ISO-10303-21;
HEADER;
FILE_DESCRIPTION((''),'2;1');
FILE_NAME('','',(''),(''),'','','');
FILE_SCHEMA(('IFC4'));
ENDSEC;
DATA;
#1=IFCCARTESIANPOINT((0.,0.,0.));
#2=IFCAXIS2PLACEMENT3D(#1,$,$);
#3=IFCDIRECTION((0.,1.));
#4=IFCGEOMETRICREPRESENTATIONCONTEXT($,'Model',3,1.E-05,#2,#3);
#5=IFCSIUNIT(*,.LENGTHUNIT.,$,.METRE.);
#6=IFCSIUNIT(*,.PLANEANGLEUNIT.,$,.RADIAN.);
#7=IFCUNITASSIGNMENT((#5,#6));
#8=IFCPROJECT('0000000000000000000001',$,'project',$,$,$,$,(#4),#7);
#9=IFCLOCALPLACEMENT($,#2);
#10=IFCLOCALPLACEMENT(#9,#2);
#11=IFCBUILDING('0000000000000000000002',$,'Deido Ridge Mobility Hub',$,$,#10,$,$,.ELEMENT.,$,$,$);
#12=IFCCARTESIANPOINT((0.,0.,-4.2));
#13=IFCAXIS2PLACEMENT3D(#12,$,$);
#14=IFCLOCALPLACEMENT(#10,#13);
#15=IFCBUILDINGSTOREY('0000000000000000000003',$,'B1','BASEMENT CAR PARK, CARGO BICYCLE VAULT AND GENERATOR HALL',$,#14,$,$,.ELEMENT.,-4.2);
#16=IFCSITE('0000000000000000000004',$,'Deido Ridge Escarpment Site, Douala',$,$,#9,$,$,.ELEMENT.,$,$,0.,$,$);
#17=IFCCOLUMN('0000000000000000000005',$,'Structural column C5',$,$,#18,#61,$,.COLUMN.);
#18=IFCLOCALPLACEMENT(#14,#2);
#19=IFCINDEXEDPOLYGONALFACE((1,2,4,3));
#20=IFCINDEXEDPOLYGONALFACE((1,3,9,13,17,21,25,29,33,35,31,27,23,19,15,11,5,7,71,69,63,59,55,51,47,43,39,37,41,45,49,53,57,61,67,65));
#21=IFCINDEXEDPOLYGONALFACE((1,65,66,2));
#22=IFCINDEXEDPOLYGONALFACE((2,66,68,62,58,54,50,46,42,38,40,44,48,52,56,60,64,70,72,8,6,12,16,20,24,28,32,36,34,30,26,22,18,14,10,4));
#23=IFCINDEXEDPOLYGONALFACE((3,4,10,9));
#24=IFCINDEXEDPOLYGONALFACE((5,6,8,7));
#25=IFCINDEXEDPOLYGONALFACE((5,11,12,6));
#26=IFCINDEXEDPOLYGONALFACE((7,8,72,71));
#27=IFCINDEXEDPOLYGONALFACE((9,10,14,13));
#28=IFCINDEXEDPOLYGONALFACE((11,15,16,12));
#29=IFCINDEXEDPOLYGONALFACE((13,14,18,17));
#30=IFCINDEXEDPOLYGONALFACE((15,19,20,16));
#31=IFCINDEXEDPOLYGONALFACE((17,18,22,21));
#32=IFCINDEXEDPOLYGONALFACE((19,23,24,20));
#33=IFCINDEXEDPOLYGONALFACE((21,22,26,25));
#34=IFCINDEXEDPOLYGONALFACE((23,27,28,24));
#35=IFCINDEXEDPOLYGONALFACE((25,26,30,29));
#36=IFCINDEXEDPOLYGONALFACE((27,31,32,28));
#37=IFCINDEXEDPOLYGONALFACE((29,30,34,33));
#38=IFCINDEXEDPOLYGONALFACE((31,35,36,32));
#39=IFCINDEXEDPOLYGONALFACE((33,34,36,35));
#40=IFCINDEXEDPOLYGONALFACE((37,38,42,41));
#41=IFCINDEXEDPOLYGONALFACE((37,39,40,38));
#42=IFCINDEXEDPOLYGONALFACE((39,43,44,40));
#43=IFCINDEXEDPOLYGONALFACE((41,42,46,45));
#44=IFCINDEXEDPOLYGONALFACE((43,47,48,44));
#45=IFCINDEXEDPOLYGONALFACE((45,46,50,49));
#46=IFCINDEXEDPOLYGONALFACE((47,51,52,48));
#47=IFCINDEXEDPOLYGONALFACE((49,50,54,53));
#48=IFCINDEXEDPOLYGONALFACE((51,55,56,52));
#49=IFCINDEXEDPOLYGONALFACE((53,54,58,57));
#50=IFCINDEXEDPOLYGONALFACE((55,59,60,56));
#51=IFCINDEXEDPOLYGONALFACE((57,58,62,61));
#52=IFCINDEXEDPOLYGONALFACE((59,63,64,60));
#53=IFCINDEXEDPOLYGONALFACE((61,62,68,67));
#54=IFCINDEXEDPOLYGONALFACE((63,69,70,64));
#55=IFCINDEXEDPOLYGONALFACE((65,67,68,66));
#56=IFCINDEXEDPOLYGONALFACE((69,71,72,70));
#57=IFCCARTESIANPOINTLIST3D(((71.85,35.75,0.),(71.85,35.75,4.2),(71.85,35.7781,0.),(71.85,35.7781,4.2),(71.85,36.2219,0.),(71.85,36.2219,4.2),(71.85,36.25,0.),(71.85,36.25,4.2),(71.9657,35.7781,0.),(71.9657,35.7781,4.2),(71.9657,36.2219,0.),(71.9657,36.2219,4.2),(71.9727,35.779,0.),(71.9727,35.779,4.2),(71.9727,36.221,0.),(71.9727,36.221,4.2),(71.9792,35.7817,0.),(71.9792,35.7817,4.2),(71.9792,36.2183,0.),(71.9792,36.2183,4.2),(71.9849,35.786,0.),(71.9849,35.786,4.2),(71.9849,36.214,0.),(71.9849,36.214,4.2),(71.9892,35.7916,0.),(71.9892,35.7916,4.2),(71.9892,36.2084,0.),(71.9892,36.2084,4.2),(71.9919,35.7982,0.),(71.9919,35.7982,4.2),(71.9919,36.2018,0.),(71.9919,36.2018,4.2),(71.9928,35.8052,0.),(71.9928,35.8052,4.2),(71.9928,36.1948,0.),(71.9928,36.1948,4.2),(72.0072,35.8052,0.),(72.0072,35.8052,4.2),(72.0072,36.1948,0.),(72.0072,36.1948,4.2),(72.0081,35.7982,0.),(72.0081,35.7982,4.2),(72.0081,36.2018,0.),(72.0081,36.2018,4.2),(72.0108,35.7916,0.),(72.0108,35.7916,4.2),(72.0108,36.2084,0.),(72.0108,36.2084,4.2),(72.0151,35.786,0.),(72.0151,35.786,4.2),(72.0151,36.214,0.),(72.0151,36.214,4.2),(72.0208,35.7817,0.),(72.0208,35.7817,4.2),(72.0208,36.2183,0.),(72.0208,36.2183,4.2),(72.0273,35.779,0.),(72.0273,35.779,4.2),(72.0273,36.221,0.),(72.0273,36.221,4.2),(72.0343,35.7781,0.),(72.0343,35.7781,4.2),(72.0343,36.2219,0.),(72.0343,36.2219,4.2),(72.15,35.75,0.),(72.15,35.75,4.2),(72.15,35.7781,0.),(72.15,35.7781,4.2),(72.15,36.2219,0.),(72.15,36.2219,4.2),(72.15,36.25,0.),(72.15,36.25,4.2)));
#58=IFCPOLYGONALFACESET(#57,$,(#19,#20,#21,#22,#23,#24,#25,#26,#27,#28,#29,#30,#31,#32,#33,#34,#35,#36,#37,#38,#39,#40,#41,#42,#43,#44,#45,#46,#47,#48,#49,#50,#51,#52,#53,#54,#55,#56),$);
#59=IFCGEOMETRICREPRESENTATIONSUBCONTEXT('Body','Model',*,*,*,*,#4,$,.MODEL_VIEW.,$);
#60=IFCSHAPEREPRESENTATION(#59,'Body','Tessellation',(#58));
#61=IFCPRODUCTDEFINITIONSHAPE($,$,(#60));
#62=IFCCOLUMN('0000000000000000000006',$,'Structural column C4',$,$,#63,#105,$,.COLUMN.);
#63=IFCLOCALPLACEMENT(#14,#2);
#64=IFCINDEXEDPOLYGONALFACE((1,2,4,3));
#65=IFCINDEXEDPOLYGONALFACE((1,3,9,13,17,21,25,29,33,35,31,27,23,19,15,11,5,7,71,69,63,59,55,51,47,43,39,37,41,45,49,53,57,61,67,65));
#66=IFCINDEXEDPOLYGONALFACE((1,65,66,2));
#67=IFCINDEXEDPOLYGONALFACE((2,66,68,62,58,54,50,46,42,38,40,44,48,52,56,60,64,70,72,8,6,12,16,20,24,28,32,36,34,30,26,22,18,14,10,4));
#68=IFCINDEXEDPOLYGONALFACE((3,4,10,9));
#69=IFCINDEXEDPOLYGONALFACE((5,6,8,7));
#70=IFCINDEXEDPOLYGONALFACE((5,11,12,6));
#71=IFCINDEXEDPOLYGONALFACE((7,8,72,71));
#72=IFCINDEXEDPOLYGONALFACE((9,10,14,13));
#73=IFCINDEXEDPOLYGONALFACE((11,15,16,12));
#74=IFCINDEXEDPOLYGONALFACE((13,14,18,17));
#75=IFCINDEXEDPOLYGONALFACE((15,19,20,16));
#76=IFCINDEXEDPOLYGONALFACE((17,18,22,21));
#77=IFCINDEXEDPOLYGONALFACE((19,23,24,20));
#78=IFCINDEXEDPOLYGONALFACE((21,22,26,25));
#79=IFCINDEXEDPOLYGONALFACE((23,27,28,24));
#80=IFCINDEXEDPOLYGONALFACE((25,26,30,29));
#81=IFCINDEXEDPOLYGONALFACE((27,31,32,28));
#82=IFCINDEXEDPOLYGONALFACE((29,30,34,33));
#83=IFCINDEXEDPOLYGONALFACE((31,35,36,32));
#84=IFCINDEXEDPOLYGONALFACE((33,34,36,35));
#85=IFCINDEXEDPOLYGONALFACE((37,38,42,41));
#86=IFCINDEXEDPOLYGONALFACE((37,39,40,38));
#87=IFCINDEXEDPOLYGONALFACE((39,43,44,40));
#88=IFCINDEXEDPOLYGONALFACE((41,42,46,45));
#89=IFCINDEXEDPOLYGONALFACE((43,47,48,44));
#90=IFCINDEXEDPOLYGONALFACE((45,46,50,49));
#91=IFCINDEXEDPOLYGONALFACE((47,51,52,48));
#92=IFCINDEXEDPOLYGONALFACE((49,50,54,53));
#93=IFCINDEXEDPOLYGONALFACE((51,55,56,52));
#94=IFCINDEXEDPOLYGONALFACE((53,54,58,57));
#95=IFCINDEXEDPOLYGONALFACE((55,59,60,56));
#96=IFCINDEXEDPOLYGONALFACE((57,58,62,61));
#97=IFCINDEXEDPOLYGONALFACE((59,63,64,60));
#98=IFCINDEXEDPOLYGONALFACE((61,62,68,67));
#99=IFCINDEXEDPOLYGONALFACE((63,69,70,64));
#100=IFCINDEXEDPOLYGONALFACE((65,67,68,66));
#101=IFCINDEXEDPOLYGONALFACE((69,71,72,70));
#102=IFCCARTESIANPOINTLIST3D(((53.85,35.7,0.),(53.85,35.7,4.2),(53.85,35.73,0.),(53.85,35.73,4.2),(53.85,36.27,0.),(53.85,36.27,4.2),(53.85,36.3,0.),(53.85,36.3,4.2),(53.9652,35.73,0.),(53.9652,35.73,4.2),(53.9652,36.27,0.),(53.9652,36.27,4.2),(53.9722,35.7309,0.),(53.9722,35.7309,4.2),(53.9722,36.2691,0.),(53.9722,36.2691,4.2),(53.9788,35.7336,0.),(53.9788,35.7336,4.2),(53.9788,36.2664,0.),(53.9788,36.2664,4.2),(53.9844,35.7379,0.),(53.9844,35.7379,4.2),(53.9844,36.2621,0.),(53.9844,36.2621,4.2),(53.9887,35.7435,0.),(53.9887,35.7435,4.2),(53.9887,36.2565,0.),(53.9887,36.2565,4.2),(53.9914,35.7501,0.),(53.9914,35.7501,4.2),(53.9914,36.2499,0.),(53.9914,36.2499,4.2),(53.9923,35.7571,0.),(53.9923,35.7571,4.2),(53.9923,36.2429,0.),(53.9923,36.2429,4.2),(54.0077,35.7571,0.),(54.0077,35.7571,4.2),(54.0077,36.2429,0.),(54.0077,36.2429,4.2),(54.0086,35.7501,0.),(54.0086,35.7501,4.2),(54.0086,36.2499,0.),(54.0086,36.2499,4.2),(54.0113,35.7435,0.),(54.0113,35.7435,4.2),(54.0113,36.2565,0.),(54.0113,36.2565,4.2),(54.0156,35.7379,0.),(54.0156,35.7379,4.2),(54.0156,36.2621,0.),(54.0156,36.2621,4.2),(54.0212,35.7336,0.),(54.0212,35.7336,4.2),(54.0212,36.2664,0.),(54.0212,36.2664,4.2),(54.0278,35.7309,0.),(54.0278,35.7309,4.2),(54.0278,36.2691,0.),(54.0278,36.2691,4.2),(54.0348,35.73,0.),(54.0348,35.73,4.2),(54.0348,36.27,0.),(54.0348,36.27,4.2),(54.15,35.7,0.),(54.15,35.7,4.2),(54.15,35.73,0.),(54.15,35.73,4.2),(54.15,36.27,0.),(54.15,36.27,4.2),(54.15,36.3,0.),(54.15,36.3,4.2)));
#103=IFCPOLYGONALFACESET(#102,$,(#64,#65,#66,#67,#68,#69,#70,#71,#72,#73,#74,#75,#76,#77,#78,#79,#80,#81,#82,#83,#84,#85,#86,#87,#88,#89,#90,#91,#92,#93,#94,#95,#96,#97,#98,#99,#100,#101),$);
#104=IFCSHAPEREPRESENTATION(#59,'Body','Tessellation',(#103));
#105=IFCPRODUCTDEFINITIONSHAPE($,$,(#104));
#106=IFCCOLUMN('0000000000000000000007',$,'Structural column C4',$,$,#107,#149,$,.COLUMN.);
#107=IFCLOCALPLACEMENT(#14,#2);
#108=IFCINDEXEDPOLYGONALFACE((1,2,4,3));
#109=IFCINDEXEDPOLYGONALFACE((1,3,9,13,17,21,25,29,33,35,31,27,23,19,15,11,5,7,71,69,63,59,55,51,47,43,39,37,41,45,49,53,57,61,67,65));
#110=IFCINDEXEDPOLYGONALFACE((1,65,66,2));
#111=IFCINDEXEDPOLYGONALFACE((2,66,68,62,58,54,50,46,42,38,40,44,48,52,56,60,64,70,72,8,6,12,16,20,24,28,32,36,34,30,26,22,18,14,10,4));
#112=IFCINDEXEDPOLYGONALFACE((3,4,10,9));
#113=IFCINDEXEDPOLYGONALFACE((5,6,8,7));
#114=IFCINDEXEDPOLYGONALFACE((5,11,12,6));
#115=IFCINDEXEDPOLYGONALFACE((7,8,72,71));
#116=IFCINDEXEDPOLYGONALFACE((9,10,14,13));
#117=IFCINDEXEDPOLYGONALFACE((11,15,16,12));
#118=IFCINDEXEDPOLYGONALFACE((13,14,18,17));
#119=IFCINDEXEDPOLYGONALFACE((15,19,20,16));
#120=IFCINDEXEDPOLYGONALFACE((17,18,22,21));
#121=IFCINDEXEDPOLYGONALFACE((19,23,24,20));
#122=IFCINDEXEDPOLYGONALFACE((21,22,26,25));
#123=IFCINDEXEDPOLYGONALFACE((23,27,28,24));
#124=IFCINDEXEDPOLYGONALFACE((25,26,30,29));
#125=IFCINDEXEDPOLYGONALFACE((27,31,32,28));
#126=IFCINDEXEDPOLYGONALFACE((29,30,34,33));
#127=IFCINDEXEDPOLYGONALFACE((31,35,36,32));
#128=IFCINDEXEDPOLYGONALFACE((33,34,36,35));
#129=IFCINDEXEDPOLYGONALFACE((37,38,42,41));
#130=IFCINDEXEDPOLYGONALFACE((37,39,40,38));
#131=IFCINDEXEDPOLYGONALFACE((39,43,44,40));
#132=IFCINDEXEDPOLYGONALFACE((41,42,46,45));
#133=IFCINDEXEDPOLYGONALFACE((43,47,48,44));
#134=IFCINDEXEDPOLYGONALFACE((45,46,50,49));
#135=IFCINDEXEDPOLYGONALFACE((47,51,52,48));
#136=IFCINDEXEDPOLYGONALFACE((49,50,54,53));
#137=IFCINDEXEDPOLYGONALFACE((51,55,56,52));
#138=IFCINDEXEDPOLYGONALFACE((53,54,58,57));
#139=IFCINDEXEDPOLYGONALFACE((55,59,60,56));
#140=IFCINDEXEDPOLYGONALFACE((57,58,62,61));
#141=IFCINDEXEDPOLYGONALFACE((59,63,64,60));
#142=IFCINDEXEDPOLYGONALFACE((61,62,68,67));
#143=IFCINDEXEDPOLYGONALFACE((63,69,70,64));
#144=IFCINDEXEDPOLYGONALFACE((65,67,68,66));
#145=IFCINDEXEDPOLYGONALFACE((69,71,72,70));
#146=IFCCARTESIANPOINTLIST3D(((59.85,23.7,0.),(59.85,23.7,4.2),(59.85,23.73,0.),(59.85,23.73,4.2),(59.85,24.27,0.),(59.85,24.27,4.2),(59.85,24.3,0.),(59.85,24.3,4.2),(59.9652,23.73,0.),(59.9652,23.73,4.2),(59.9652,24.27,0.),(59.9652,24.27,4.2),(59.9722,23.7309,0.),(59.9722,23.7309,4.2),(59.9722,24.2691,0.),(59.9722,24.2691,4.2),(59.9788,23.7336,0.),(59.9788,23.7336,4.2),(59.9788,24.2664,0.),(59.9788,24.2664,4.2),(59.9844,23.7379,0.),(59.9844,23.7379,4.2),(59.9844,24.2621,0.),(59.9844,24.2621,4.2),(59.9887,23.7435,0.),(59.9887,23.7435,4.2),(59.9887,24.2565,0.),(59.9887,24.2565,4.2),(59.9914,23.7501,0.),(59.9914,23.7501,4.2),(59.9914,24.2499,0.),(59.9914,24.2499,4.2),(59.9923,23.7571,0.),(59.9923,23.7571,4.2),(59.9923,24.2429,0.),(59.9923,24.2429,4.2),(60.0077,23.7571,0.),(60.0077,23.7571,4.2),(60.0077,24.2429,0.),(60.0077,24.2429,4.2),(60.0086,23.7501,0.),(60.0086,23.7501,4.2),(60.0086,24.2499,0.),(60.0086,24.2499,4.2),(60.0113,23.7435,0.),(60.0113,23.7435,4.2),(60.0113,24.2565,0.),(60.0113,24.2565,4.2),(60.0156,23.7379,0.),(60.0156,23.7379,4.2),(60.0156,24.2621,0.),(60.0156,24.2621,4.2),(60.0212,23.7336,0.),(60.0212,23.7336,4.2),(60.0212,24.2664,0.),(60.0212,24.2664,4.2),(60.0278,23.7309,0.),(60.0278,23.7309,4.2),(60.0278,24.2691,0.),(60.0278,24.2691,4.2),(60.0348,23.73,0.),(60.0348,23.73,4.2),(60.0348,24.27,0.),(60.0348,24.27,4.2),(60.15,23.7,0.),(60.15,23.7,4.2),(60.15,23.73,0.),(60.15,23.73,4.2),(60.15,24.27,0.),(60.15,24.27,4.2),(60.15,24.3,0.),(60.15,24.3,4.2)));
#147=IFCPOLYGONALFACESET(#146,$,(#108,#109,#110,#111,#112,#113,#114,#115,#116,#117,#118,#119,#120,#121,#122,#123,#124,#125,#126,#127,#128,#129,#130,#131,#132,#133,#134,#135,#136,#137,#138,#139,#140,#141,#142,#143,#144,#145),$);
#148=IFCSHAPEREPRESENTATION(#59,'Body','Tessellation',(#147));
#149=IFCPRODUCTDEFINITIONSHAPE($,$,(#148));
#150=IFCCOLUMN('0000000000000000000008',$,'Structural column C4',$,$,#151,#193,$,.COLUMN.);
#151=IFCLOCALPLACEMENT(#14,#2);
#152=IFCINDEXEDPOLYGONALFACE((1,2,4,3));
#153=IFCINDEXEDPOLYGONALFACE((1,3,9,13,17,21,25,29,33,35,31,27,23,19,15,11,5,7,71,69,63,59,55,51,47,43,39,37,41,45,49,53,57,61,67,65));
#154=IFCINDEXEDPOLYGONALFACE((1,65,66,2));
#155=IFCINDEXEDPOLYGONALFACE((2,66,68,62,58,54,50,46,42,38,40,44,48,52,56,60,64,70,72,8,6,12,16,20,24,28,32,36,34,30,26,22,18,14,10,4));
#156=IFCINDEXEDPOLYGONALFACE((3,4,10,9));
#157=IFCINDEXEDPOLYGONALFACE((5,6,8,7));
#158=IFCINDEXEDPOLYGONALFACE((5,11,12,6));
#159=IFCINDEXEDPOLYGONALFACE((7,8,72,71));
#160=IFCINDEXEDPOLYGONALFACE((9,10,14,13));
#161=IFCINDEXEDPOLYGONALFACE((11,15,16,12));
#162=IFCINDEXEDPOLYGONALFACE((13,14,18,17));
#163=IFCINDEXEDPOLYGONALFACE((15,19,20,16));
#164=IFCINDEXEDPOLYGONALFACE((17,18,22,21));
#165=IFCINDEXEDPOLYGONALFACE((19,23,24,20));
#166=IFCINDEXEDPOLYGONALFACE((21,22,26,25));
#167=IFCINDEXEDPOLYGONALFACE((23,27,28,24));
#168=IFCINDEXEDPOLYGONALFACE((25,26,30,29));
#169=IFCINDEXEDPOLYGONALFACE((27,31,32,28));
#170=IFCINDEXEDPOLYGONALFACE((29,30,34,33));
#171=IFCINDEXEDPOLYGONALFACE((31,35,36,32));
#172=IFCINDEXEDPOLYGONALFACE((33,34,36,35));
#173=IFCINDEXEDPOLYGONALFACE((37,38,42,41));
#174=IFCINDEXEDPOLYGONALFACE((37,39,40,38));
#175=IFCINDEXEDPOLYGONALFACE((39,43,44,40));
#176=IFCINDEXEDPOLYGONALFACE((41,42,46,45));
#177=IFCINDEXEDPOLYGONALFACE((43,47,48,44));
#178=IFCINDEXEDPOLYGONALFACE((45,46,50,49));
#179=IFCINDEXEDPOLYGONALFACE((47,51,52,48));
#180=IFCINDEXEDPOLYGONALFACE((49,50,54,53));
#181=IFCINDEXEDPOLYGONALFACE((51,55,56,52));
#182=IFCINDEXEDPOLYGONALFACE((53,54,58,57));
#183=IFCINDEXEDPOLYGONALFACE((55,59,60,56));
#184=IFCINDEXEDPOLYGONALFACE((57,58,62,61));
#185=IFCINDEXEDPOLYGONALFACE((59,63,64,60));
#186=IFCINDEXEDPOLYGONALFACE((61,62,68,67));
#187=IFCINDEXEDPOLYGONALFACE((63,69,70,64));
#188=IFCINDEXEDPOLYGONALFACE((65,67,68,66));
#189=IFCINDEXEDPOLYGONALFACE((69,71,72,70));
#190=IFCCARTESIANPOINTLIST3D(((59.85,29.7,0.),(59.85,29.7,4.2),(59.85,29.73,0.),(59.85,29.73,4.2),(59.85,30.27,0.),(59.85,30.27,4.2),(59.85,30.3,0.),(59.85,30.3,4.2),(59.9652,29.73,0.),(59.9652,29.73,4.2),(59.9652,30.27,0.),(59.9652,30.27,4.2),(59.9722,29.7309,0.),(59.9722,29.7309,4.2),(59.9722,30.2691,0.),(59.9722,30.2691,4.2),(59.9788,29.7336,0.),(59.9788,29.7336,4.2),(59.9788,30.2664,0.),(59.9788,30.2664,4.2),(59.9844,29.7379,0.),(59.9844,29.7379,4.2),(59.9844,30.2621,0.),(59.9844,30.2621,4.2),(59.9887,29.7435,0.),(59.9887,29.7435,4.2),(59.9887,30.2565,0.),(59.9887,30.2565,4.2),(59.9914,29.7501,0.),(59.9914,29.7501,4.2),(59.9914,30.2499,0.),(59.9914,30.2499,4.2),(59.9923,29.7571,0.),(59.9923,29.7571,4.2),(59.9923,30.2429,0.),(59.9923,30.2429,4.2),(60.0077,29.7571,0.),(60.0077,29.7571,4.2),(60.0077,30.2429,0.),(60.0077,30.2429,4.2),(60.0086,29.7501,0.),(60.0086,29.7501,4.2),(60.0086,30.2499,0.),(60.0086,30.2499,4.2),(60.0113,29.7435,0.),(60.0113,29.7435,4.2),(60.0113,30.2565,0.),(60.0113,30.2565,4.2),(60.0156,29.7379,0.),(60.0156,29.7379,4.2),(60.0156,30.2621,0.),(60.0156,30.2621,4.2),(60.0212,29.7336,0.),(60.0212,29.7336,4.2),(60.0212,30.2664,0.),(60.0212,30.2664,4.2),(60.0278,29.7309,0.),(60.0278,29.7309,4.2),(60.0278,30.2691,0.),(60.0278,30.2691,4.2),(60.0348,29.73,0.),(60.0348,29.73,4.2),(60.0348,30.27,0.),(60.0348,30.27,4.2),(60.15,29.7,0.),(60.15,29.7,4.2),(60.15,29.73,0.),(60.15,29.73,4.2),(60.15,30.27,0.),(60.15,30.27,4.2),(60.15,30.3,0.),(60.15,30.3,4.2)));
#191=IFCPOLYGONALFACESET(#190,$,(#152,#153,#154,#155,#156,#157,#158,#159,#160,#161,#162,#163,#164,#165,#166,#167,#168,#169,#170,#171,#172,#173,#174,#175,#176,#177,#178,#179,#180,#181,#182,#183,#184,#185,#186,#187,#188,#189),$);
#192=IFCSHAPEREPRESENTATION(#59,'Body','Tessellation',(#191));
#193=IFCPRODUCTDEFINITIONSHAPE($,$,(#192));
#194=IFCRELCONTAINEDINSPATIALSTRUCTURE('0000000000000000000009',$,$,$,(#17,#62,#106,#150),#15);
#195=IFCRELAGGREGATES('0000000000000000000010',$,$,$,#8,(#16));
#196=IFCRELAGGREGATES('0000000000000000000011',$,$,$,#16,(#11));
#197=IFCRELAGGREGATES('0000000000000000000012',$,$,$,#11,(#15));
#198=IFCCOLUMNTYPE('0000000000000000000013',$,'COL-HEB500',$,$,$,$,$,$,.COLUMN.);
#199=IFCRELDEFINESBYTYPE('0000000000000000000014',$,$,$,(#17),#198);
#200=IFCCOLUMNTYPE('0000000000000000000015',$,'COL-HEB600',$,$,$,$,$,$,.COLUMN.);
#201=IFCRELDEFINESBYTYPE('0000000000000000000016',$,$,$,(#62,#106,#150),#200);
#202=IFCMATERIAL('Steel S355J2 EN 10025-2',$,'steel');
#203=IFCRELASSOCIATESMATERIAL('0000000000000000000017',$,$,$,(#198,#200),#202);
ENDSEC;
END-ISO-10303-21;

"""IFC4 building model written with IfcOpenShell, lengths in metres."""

from ifc_helpers import new_model, si_unit, direction, frame, origin, origin_2d, place, context, subcontext, project, spatial, i_section, extrude, material, material_profile, profile_set, type_object, element, save


model = new_model("IFC4")

# Units and contexts
model_context = context("Model", 3, precision=1e-05, world=origin(), true_north=direction((0.0, 1.0)))
body_context = subcontext(model_context, "Body", "Model", "MODEL_VIEW")
ifc_project = project(units=[si_unit("LENGTHUNIT", "METRE"), si_unit("PLANEANGLEUNIT", "RADIAN")], contexts=[model_context])

# Site, building, storey
site_placement = place(None, origin())
site = spatial("IfcSite", under=ifc_project, at=site_placement, Name="Deido Ridge Escarpment Site, Douala", CompositionType="ELEMENT", RefElevation=0.0)
building_placement = place(site_placement, origin())
building = spatial("IfcBuilding", under=site, at=building_placement, Name="Deido Ridge Mobility Hub", CompositionType="ELEMENT")
storey_placement = place(building_placement, frame((0.0, 0.0, -4.2)))
storey = spatial("IfcBuildingStorey", under=building, at=storey_placement, Name="B1", Description="BASEMENT CAR PARK, CARGO BICYCLE VAULT AND GENERATOR HALL", CompositionType="ELEMENT", Elevation=-4.2)

# Columns
ifc_material_1 = material(Name="Steel S355J2 EN 10025-2", Category="steel")
ifc_material_profile_1 = material_profile(ifc_material_1, i_section(OverallWidth=0.3, OverallDepth=0.5, WebThickness=0.0144, FlangeThickness=0.0281, FilletRadius=0.0271, at=origin_2d()), Name="HEB 500")
ifc_profile_set_1 = profile_set([ifc_material_profile_1], Name="Steel S355J2 EN 10025-2")
column_type_1 = type_object("IfcColumnType", Name="COL-HEB500", PredefinedType="COLUMN", material=ifc_profile_set_1)
for number, where, z_axis, x_axis, name in (
    (1, (72.0, 36.0, 0.0), (0.0, 0.0, 1.0), (1.0, 0.0, 0.0), "Structural column C5"),
):
    element("IfcColumn", number, at=place(storey_placement, frame(where, z_axis=z_axis, x_axis=x_axis)), inside=storey, type_object=column_type_1, Name=name, PredefinedType="COLUMN", context=body_context, shape_type="SweptSolid", body=[
        extrude(i_section(OverallWidth=0.3, OverallDepth=0.5, WebThickness=0.0144, FlangeThickness=0.0281, FilletRadius=0.0271, at=origin_2d()), origin(), (0.0, 0.0, 1.0), 4.2),
    ])
ifc_material_profile_2 = material_profile(ifc_material_1, i_section(OverallWidth=0.3, OverallDepth=0.6001, WebThickness=0.0154, FlangeThickness=0.03, FilletRadius=0.0271, at=origin_2d()), Name="HEB 600")
ifc_profile_set_2 = profile_set([ifc_material_profile_2], Name="Steel S355J2 EN 10025-2")
column_type_2 = type_object("IfcColumnType", Name="COL-HEB600", PredefinedType="COLUMN", material=ifc_profile_set_2)
for number, where, z_axis, x_axis, name in (
    (2, (54.0, 36.0, 0.0), (0.0, 0.0, 1.0), (1.0, 0.0, 0.0), "Structural column C4"),
    (3, (60.0, 24.0, 0.0), (0.0, 0.0, 1.0), (1.0, 0.0, 0.0), "Structural column C4"),
    (4, (60.0, 30.0, 0.0), (0.0, 0.0, 1.0), (1.0, 0.0, 0.0), "Structural column C4"),
):
    element("IfcColumn", number, at=place(storey_placement, frame(where, z_axis=z_axis, x_axis=x_axis)), inside=storey, type_object=column_type_2, Name=name, PredefinedType="COLUMN", context=body_context, shape_type="SweptSolid", body=[
        extrude(i_section(OverallWidth=0.3, OverallDepth=0.6001, WebThickness=0.0154, FlangeThickness=0.03, FilletRadius=0.0271, at=origin_2d()), origin(), (0.0, 0.0, 1.0), 4.2),
    ])

save(model, "model.ifc")
